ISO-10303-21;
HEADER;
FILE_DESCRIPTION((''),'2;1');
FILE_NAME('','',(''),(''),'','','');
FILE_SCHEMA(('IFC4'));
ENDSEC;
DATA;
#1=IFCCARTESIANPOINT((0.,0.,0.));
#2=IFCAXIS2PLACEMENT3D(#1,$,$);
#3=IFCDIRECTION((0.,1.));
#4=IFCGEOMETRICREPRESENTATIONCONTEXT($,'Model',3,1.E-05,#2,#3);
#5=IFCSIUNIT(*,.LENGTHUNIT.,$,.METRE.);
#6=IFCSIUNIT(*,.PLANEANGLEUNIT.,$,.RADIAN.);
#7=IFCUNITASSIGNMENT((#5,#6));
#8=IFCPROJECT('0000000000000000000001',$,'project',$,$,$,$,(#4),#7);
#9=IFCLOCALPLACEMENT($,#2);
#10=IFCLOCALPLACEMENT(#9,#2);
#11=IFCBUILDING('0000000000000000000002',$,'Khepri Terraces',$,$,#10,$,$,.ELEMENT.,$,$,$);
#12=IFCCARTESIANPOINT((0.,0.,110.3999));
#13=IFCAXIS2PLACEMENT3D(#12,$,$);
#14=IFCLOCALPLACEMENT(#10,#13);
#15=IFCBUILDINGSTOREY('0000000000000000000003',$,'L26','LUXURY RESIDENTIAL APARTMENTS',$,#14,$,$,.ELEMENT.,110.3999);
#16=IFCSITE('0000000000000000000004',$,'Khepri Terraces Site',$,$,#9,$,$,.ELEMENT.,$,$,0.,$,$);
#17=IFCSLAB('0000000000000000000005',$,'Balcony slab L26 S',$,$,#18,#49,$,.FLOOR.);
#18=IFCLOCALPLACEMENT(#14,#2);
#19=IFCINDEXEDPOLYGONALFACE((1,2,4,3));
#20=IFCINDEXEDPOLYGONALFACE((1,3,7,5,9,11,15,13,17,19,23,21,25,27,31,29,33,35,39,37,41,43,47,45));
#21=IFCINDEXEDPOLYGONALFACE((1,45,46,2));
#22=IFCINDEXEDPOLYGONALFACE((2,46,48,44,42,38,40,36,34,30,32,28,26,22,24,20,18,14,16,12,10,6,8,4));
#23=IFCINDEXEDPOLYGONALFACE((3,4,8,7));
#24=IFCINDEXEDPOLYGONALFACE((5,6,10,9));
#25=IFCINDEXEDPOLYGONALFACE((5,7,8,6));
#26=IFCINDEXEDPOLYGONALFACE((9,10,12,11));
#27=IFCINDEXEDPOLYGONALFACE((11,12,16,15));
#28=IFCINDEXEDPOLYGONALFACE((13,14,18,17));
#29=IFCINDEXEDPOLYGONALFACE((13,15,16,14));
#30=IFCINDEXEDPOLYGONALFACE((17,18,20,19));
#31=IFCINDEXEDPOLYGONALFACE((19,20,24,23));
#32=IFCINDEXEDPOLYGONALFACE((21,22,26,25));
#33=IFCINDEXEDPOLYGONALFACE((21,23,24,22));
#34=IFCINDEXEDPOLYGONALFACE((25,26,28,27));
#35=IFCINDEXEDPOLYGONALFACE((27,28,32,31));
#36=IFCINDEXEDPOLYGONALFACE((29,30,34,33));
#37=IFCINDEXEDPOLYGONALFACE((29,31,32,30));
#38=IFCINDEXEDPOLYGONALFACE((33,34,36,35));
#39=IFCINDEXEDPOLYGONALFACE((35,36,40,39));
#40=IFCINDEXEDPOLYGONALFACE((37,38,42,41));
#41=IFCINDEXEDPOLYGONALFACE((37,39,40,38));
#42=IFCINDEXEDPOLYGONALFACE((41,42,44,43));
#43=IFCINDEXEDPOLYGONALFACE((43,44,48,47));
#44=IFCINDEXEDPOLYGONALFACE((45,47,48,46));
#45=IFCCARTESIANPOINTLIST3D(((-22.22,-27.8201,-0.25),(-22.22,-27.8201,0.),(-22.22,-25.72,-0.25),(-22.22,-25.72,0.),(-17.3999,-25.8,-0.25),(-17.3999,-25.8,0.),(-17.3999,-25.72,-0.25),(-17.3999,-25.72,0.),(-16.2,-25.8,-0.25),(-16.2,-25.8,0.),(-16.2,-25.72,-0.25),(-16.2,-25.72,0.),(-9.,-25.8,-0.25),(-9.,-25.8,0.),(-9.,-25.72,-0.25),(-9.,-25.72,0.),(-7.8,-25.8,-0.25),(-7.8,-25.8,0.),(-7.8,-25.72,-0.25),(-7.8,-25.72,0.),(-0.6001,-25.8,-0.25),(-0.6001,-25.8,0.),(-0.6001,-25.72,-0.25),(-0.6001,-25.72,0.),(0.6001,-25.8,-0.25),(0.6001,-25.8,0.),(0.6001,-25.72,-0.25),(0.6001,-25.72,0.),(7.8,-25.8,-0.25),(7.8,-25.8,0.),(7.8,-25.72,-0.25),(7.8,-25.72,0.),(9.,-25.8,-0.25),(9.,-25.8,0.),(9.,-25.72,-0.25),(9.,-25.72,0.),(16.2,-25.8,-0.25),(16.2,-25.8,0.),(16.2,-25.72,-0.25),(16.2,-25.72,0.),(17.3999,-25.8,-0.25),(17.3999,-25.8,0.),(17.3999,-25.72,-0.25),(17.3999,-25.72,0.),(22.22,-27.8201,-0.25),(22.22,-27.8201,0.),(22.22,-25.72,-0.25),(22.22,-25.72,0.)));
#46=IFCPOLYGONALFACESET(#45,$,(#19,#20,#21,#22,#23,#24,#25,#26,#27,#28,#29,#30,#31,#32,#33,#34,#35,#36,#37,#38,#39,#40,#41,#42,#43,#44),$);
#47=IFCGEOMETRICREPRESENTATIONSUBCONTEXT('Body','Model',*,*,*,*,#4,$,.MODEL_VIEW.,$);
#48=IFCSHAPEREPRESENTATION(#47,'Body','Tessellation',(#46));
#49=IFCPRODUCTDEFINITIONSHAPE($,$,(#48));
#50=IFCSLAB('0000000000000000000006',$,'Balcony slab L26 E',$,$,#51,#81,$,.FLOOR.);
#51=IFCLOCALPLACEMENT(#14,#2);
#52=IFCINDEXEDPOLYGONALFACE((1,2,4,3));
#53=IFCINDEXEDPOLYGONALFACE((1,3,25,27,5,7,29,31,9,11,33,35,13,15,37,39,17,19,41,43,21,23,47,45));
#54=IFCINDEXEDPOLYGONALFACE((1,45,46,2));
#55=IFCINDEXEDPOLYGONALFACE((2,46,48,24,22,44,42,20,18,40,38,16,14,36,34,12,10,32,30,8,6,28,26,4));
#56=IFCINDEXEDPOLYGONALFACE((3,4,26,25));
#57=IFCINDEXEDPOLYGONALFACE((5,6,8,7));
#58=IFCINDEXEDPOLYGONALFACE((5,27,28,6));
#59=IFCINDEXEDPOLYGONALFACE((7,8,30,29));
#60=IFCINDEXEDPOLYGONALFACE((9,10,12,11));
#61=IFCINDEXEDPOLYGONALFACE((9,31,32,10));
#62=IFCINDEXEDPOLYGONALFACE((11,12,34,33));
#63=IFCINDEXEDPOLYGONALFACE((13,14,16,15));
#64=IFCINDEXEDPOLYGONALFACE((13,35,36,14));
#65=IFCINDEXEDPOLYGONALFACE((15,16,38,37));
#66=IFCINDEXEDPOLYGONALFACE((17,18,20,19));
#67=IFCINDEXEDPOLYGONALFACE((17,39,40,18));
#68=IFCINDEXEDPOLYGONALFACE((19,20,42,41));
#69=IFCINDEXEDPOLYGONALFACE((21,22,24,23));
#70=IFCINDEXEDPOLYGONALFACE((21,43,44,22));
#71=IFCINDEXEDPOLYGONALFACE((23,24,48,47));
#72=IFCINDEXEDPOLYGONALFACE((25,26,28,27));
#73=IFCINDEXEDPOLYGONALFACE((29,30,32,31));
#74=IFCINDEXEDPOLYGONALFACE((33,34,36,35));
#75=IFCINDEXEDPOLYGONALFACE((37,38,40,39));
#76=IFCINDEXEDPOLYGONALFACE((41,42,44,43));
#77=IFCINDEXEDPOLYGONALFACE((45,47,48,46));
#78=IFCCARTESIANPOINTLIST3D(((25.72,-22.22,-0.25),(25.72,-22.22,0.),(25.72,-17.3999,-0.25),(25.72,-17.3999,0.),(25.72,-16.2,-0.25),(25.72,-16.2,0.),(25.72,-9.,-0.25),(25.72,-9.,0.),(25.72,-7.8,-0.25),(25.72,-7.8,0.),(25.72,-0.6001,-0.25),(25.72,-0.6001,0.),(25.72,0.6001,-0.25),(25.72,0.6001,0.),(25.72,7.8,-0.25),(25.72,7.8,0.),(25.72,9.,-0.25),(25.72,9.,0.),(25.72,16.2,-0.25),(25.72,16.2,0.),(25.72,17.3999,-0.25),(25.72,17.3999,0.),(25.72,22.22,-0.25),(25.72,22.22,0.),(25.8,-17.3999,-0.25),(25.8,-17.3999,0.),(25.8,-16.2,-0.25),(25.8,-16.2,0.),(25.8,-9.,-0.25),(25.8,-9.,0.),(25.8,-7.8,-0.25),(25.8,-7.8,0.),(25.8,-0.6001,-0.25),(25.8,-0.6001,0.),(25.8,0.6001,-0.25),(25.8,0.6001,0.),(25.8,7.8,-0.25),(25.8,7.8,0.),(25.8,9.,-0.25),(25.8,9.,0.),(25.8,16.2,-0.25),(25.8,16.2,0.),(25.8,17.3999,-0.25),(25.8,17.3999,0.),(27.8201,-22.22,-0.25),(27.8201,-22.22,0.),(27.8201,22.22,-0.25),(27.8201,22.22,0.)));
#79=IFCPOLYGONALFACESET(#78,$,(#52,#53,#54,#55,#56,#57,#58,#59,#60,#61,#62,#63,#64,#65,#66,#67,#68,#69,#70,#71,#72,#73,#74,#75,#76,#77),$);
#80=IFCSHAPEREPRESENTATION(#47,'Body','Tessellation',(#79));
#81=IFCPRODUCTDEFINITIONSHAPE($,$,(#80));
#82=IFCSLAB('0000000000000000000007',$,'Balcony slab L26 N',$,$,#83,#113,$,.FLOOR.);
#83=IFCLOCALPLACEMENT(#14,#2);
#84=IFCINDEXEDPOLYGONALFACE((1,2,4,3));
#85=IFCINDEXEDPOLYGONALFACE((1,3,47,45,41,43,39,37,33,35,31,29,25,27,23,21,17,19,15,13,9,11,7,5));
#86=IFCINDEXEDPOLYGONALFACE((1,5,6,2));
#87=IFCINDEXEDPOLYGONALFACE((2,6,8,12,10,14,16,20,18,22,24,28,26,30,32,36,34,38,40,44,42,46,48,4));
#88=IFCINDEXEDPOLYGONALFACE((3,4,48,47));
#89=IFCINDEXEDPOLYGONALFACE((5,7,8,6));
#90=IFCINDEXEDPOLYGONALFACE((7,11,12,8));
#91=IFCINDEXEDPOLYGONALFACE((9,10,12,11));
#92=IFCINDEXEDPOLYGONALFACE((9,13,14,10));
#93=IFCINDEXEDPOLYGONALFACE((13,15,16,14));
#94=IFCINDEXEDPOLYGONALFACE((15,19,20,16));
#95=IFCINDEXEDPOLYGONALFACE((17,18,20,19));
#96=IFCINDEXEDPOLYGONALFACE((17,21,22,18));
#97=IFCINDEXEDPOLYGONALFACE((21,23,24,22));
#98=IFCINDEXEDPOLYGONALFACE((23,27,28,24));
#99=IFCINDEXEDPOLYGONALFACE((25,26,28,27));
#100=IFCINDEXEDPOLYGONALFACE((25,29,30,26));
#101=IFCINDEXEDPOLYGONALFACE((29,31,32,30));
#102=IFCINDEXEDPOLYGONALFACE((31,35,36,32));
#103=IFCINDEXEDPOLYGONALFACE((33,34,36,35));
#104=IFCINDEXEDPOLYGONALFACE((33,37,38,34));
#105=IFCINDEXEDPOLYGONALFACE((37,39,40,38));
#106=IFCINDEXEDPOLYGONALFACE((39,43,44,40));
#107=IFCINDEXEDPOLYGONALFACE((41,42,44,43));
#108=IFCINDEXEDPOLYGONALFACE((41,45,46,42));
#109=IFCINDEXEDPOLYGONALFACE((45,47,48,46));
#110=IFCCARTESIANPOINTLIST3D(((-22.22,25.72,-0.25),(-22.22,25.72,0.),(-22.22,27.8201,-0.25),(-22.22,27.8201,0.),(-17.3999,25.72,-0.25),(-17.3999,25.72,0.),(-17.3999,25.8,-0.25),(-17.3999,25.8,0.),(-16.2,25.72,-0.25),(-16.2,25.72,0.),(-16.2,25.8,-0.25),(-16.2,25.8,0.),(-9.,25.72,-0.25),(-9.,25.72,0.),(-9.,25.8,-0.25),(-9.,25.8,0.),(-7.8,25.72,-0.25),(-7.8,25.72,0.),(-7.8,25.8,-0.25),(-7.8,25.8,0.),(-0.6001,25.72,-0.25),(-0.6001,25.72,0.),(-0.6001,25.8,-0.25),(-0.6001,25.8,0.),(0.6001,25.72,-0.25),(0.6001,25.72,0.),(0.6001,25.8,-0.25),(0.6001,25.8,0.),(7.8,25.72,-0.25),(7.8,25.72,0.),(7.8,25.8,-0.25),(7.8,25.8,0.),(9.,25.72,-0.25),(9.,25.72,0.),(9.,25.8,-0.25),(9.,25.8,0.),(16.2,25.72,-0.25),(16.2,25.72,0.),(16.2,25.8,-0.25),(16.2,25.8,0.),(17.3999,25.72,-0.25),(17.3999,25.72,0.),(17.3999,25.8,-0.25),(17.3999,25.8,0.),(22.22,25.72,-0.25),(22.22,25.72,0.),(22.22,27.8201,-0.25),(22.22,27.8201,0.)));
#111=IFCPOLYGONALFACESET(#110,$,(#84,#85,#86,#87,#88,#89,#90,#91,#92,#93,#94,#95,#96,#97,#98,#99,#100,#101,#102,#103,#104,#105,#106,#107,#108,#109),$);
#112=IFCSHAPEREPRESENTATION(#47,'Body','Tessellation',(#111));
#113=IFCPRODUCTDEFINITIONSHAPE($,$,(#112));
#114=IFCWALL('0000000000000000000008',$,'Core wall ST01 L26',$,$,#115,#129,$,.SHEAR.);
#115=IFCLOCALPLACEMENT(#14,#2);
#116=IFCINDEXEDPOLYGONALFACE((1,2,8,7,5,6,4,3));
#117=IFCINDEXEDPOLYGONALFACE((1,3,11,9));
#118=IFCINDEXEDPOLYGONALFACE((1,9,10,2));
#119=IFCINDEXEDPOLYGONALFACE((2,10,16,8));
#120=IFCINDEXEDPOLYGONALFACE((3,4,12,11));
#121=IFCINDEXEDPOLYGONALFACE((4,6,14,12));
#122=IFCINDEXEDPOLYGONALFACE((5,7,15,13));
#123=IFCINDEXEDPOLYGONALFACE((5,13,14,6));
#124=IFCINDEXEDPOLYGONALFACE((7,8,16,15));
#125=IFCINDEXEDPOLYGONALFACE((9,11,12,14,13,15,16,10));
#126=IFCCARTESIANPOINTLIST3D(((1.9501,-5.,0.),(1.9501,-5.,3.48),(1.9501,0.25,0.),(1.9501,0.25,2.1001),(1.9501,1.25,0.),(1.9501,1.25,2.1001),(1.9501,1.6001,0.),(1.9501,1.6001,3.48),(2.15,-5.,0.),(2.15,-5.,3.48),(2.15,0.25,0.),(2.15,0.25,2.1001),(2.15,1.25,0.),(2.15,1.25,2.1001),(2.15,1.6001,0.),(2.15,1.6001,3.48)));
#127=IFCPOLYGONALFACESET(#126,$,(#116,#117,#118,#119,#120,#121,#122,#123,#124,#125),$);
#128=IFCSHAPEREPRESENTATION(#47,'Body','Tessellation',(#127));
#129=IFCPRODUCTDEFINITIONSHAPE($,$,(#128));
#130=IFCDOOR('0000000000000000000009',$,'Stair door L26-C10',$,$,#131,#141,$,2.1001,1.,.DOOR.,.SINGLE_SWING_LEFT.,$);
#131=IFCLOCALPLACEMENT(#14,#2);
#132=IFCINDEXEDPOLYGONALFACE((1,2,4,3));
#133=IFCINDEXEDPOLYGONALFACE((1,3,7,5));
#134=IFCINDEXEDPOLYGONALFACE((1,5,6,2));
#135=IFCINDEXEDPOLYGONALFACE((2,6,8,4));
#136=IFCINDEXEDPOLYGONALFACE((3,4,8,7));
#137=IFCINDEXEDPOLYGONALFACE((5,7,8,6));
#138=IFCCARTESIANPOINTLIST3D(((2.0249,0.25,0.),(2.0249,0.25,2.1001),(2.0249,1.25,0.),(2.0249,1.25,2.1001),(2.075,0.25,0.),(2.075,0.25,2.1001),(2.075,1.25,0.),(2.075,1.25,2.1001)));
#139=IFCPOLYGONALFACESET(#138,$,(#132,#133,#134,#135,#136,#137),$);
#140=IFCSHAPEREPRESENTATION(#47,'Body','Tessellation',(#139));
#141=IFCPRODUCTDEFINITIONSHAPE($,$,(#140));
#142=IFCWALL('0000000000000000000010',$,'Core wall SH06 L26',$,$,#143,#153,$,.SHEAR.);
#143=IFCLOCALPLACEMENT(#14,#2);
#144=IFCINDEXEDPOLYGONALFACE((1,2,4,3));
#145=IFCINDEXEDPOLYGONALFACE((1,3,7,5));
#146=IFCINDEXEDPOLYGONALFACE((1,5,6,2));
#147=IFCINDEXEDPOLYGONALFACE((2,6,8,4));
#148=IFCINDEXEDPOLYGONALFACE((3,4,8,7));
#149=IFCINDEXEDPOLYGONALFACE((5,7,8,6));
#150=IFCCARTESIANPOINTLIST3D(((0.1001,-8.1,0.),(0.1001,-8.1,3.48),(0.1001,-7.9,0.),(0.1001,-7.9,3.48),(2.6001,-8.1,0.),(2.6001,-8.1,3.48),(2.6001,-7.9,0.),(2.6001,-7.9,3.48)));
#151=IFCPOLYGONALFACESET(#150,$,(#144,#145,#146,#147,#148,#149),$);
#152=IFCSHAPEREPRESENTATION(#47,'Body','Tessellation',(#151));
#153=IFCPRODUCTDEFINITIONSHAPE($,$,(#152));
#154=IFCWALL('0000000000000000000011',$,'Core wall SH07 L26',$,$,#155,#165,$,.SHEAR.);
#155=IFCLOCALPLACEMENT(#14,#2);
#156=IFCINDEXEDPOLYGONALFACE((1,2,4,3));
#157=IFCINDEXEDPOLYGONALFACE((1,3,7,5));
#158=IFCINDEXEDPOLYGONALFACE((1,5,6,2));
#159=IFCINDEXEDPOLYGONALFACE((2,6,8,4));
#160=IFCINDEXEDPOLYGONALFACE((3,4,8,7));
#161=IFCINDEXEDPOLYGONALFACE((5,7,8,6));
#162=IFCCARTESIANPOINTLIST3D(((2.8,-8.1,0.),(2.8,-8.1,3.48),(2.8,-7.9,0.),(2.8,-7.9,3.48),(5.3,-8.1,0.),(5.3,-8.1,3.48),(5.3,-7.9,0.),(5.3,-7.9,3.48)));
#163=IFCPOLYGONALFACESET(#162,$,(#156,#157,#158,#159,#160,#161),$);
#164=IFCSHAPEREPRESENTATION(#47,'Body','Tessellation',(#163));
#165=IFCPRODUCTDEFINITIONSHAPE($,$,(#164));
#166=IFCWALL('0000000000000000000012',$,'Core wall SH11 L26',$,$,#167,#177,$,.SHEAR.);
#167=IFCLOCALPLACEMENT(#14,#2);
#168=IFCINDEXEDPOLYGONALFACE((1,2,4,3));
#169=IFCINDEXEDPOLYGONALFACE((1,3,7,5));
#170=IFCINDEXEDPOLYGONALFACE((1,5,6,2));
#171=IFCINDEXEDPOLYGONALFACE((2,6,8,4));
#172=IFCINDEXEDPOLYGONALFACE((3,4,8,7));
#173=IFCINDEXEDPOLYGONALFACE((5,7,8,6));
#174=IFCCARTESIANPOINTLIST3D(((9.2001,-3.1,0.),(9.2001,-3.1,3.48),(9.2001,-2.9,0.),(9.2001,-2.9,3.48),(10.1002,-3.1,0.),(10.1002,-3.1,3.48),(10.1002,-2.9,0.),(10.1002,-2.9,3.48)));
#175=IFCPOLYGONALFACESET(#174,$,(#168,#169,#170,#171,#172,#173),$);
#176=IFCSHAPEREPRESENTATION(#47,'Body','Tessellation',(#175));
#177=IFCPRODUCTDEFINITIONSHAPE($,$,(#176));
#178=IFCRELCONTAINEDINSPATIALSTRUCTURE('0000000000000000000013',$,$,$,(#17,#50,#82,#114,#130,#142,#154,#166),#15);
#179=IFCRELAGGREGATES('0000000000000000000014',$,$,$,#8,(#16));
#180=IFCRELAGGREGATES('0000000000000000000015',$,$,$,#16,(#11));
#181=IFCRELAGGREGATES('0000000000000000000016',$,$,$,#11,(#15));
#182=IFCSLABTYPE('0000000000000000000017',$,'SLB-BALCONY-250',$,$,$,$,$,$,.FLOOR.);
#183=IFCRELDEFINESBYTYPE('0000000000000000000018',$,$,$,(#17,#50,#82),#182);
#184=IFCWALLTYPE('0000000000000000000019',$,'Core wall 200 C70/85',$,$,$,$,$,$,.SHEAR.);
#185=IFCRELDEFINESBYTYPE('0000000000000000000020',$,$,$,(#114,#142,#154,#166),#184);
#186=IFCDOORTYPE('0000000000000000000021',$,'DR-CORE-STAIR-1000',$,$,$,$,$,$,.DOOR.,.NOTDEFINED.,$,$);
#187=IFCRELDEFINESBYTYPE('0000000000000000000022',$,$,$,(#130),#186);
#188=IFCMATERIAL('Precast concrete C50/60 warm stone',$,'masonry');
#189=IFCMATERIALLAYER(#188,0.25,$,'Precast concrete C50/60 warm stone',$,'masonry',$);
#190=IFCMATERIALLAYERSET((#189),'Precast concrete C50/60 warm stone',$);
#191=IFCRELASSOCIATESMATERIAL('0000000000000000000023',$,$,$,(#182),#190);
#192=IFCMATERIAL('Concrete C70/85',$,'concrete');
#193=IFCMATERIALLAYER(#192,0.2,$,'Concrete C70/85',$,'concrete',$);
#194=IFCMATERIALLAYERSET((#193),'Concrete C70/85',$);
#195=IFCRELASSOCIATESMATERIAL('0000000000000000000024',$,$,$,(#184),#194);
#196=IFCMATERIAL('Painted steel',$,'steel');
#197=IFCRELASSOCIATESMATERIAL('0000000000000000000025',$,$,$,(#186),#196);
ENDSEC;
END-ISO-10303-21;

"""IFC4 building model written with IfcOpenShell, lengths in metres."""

from ifc_helpers import new_model, si_unit, direction, frame, frame_2d, origin, place, context, subcontext, project, spatial, polyline, rectangle, outline, extrude, material, layer, layer_set, type_object, element, fill, save


model = new_model("IFC4")

# Units and contexts
model_context = context("Model", 3, precision=1e-05, world=origin(), true_north=direction((0.0, 1.0)))
body_context = subcontext(model_context, "Body", "Model", "MODEL_VIEW")
ifc_project = project(units=[si_unit("LENGTHUNIT", "METRE"), si_unit("PLANEANGLEUNIT", "RADIAN")], contexts=[model_context])

# Site, building, storey
site_placement = place(None, origin())
site = spatial("IfcSite", under=ifc_project, at=site_placement, Name="Khepri Terraces Site", CompositionType="ELEMENT", RefElevation=0.0)
building_placement = place(site_placement, origin())
building = spatial("IfcBuilding", under=site, at=building_placement, Name="Khepri Terraces", CompositionType="ELEMENT")
storey_placement = place(building_placement, frame((0.0, 0.0, 110.3999)))
storey = spatial("IfcBuildingStorey", under=building, at=storey_placement, Name="L26", Description="LUXURY RESIDENTIAL APARTMENTS", CompositionType="ELEMENT", Elevation=110.3999)

# Slabs
ifc_material_1 = material(Name="Precast concrete C50/60 warm stone", Category="masonry")
ifc_layer_1 = layer(ifc_material_1, 0.25, Name="Precast concrete C50/60 warm stone", Category="masonry")
ifc_layer_set_1 = layer_set([ifc_layer_1], Name="Precast concrete C50/60 warm stone")
slab_type = type_object("IfcSlabType", Name="SLB-BALCONY-250", PredefinedType="FLOOR", material=ifc_layer_set_1)
slab_1_placement = place(storey_placement, frame((0.0, 0.0, -0.25)))
element("IfcSlab", 1, at=slab_1_placement, inside=storey, type_object=slab_type, Name="Balcony slab L26 S", PredefinedType="FLOOR", context=body_context, shape_type="SweptSolid", body=[
    extrude(outline(polyline([(-17.3999, -25.72), (-22.22, -25.72), (-22.22, -27.8201), (22.22, -27.8201), (22.22, -25.72), (17.3999, -25.72), (17.3999, -25.8), (16.2, -25.8), (16.2, -25.72), (9.0, -25.72), (9.0, -25.8), (7.8, -25.8), (7.8, -25.72), (0.6001, -25.72), (0.6001, -25.8), (-0.6001, -25.8), (-0.6001, -25.72), (-7.8, -25.72), (-7.8, -25.8), (-9.0, -25.8), (-9.0, -25.72), (-16.2, -25.72), (-16.2, -25.8), (-17.3999, -25.8), (-17.3999, -25.72)])), origin(), (0.0, 0.0, 1.0), 0.25),
])
slab_2_placement = place(storey_placement, frame((0.0, 0.0, -0.25)))
element("IfcSlab", 2, at=slab_2_placement, inside=storey, type_object=slab_type, Name="Balcony slab L26 E", PredefinedType="FLOOR", context=body_context, shape_type="SweptSolid", body=[
    extrude(outline(polyline([(25.72, -17.3999), (25.72, -22.22), (27.8201, -22.22), (27.8201, 22.22), (25.72, 22.22), (25.72, 17.3999), (25.8, 17.3999), (25.8, 16.2), (25.72, 16.2), (25.72, 9.0), (25.8, 9.0), (25.8, 7.8), (25.72, 7.8), (25.72, 0.6001), (25.8, 0.6001), (25.8, -0.6001), (25.72, -0.6001), (25.72, -7.8), (25.8, -7.8), (25.8, -9.0), (25.72, -9.0), (25.72, -16.2), (25.8, -16.2), (25.8, -17.3999), (25.72, -17.3999)])), origin(), (0.0, 0.0, 1.0), 0.25),
])
slab_3_placement = place(storey_placement, frame((0.0, 0.0, -0.25)))
element("IfcSlab", 3, at=slab_3_placement, inside=storey, type_object=slab_type, Name="Balcony slab L26 N", PredefinedType="FLOOR", context=body_context, shape_type="SweptSolid", body=[
    extrude(outline(polyline([(17.3999, 25.72), (22.22, 25.72), (22.22, 27.8201), (-22.22, 27.8201), (-22.22, 25.72), (-17.3999, 25.72), (-17.3999, 25.8), (-16.2, 25.8), (-16.2, 25.72), (-9.0, 25.72), (-9.0, 25.8), (-7.8, 25.8), (-7.8, 25.72), (-0.6001, 25.72), (-0.6001, 25.8), (0.6001, 25.8), (0.6001, 25.72), (7.8, 25.72), (7.8, 25.8), (9.0, 25.8), (9.0, 25.72), (16.2, 25.72), (16.2, 25.8), (17.3999, 25.8), (17.3999, 25.72)])), origin(), (0.0, 0.0, 1.0), 0.25),
])

# Wall, opening, door
ifc_material_2 = material(Name="Concrete C70/85", Category="concrete")
ifc_layer_2 = layer(ifc_material_2, 0.2, Name="Concrete C70/85", Category="concrete")
ifc_layer_set_2 = layer_set([ifc_layer_2], Name="Concrete C70/85")
wall_type_1 = type_object("IfcWallType", Name="Core wall 200 C70/85", PredefinedType="SHEAR", material=ifc_layer_set_2)
wall_1_placement = place(storey_placement, frame((2.05, -5.0, 0.0), z_axis=(0.0, 0.0, 1.0), x_axis=(0.0, 1.0, 0.0)))
wall_1 = element("IfcWall", 4, at=wall_1_placement, inside=storey, type_object=wall_type_1, Name="Core wall ST01 L26", PredefinedType="SHEAR", context=body_context, shape_type="SweptSolid", body=[
    extrude(rectangle(XDim=6.6001, YDim=0.2, at=frame_2d((3.3, 0.0))), origin(), (0.0, 0.0, 1.0), 3.48),
])
opening_1_placement = place(wall_1_placement, frame((5.25, 0.0, 0.0)))
opening_1 = element("IfcOpeningElement", 5, at=opening_1_placement, cuts=wall_1, PredefinedType="OPENING", context=body_context, shape_type="SweptSolid", body=[
    extrude(rectangle(XDim=1.0, YDim=2.1001, at=frame_2d((0.5, 1.05))), frame((0.0, 0.1099, 0.0), z_axis=(0.0, -1.0, 0.0), x_axis=(1.0, 0.0, 0.0)), (0.0, 0.0, 1.0), 0.22),
])
ifc_material_3 = material(Name="Painted steel", Category="steel")
door_type_1 = type_object("IfcDoorType", Name="DR-CORE-STAIR-1000", OperationType="NOTDEFINED", PredefinedType="DOOR", material=ifc_material_3)
door_1_placement = place(opening_1_placement, frame((1.0, 0.0, 0.0), z_axis=(0.0, 0.0, 1.0), x_axis=(-1.0, 0.0, 0.0)))
door_1 = element("IfcDoor", 6, at=door_1_placement, inside=storey, type_object=door_type_1, Name="Stair door L26-C10", OperationType="SINGLE_SWING_LEFT", OverallHeight=2.1001, OverallWidth=1.0, PredefinedType="DOOR", context=body_context, shape_type="SweptSolid", body=[
    extrude(rectangle(XDim=1.0, YDim=2.1001, at=frame_2d((0.5, 1.05))), frame((0.0, 0.0249, 0.0), z_axis=(0.0, -1.0, 0.0), x_axis=(1.0, 0.0, 0.0)), (0.0, 0.0, 1.0), 0.05),
])
fill(opening_1, door_1)

# Walls
for number, where, z_axis, x_axis, name in (
    (7, (0.1001, -8.0, 0.0), (0.0, 0.0, 1.0), (1.0, 0.0, 0.0), "Core wall SH06 L26"),
    (8, (2.8, -8.0, 0.0), (0.0, 0.0, 1.0), (1.0, 0.0, 0.0), "Core wall SH07 L26"),
):
    element("IfcWall", number, at=place(storey_placement, frame(where, z_axis=z_axis, x_axis=x_axis)), inside=storey, type_object=wall_type_1, Name=name, PredefinedType="SHEAR", context=body_context, shape_type="SweptSolid", body=[
        extrude(rectangle(XDim=2.5, YDim=0.2, at=frame_2d((1.25, 0.0))), origin(), (0.0, 0.0, 1.0), 3.48),
    ])
wall_2_placement = place(storey_placement, frame((9.2, -3.0, 0.0), z_axis=(0.0, 0.0, 1.0), x_axis=(1.0, 0.0, 0.0)))
element("IfcWall", 9, at=wall_2_placement, inside=storey, type_object=wall_type_1, Name="Core wall SH11 L26", PredefinedType="SHEAR", context=body_context, shape_type="SweptSolid", body=[
    extrude(rectangle(XDim=0.9001, YDim=0.2, at=frame_2d((0.4502, 0.0))), origin(), (0.0, 0.0, 1.0), 3.48),
])

save(model, "model.ifc")
